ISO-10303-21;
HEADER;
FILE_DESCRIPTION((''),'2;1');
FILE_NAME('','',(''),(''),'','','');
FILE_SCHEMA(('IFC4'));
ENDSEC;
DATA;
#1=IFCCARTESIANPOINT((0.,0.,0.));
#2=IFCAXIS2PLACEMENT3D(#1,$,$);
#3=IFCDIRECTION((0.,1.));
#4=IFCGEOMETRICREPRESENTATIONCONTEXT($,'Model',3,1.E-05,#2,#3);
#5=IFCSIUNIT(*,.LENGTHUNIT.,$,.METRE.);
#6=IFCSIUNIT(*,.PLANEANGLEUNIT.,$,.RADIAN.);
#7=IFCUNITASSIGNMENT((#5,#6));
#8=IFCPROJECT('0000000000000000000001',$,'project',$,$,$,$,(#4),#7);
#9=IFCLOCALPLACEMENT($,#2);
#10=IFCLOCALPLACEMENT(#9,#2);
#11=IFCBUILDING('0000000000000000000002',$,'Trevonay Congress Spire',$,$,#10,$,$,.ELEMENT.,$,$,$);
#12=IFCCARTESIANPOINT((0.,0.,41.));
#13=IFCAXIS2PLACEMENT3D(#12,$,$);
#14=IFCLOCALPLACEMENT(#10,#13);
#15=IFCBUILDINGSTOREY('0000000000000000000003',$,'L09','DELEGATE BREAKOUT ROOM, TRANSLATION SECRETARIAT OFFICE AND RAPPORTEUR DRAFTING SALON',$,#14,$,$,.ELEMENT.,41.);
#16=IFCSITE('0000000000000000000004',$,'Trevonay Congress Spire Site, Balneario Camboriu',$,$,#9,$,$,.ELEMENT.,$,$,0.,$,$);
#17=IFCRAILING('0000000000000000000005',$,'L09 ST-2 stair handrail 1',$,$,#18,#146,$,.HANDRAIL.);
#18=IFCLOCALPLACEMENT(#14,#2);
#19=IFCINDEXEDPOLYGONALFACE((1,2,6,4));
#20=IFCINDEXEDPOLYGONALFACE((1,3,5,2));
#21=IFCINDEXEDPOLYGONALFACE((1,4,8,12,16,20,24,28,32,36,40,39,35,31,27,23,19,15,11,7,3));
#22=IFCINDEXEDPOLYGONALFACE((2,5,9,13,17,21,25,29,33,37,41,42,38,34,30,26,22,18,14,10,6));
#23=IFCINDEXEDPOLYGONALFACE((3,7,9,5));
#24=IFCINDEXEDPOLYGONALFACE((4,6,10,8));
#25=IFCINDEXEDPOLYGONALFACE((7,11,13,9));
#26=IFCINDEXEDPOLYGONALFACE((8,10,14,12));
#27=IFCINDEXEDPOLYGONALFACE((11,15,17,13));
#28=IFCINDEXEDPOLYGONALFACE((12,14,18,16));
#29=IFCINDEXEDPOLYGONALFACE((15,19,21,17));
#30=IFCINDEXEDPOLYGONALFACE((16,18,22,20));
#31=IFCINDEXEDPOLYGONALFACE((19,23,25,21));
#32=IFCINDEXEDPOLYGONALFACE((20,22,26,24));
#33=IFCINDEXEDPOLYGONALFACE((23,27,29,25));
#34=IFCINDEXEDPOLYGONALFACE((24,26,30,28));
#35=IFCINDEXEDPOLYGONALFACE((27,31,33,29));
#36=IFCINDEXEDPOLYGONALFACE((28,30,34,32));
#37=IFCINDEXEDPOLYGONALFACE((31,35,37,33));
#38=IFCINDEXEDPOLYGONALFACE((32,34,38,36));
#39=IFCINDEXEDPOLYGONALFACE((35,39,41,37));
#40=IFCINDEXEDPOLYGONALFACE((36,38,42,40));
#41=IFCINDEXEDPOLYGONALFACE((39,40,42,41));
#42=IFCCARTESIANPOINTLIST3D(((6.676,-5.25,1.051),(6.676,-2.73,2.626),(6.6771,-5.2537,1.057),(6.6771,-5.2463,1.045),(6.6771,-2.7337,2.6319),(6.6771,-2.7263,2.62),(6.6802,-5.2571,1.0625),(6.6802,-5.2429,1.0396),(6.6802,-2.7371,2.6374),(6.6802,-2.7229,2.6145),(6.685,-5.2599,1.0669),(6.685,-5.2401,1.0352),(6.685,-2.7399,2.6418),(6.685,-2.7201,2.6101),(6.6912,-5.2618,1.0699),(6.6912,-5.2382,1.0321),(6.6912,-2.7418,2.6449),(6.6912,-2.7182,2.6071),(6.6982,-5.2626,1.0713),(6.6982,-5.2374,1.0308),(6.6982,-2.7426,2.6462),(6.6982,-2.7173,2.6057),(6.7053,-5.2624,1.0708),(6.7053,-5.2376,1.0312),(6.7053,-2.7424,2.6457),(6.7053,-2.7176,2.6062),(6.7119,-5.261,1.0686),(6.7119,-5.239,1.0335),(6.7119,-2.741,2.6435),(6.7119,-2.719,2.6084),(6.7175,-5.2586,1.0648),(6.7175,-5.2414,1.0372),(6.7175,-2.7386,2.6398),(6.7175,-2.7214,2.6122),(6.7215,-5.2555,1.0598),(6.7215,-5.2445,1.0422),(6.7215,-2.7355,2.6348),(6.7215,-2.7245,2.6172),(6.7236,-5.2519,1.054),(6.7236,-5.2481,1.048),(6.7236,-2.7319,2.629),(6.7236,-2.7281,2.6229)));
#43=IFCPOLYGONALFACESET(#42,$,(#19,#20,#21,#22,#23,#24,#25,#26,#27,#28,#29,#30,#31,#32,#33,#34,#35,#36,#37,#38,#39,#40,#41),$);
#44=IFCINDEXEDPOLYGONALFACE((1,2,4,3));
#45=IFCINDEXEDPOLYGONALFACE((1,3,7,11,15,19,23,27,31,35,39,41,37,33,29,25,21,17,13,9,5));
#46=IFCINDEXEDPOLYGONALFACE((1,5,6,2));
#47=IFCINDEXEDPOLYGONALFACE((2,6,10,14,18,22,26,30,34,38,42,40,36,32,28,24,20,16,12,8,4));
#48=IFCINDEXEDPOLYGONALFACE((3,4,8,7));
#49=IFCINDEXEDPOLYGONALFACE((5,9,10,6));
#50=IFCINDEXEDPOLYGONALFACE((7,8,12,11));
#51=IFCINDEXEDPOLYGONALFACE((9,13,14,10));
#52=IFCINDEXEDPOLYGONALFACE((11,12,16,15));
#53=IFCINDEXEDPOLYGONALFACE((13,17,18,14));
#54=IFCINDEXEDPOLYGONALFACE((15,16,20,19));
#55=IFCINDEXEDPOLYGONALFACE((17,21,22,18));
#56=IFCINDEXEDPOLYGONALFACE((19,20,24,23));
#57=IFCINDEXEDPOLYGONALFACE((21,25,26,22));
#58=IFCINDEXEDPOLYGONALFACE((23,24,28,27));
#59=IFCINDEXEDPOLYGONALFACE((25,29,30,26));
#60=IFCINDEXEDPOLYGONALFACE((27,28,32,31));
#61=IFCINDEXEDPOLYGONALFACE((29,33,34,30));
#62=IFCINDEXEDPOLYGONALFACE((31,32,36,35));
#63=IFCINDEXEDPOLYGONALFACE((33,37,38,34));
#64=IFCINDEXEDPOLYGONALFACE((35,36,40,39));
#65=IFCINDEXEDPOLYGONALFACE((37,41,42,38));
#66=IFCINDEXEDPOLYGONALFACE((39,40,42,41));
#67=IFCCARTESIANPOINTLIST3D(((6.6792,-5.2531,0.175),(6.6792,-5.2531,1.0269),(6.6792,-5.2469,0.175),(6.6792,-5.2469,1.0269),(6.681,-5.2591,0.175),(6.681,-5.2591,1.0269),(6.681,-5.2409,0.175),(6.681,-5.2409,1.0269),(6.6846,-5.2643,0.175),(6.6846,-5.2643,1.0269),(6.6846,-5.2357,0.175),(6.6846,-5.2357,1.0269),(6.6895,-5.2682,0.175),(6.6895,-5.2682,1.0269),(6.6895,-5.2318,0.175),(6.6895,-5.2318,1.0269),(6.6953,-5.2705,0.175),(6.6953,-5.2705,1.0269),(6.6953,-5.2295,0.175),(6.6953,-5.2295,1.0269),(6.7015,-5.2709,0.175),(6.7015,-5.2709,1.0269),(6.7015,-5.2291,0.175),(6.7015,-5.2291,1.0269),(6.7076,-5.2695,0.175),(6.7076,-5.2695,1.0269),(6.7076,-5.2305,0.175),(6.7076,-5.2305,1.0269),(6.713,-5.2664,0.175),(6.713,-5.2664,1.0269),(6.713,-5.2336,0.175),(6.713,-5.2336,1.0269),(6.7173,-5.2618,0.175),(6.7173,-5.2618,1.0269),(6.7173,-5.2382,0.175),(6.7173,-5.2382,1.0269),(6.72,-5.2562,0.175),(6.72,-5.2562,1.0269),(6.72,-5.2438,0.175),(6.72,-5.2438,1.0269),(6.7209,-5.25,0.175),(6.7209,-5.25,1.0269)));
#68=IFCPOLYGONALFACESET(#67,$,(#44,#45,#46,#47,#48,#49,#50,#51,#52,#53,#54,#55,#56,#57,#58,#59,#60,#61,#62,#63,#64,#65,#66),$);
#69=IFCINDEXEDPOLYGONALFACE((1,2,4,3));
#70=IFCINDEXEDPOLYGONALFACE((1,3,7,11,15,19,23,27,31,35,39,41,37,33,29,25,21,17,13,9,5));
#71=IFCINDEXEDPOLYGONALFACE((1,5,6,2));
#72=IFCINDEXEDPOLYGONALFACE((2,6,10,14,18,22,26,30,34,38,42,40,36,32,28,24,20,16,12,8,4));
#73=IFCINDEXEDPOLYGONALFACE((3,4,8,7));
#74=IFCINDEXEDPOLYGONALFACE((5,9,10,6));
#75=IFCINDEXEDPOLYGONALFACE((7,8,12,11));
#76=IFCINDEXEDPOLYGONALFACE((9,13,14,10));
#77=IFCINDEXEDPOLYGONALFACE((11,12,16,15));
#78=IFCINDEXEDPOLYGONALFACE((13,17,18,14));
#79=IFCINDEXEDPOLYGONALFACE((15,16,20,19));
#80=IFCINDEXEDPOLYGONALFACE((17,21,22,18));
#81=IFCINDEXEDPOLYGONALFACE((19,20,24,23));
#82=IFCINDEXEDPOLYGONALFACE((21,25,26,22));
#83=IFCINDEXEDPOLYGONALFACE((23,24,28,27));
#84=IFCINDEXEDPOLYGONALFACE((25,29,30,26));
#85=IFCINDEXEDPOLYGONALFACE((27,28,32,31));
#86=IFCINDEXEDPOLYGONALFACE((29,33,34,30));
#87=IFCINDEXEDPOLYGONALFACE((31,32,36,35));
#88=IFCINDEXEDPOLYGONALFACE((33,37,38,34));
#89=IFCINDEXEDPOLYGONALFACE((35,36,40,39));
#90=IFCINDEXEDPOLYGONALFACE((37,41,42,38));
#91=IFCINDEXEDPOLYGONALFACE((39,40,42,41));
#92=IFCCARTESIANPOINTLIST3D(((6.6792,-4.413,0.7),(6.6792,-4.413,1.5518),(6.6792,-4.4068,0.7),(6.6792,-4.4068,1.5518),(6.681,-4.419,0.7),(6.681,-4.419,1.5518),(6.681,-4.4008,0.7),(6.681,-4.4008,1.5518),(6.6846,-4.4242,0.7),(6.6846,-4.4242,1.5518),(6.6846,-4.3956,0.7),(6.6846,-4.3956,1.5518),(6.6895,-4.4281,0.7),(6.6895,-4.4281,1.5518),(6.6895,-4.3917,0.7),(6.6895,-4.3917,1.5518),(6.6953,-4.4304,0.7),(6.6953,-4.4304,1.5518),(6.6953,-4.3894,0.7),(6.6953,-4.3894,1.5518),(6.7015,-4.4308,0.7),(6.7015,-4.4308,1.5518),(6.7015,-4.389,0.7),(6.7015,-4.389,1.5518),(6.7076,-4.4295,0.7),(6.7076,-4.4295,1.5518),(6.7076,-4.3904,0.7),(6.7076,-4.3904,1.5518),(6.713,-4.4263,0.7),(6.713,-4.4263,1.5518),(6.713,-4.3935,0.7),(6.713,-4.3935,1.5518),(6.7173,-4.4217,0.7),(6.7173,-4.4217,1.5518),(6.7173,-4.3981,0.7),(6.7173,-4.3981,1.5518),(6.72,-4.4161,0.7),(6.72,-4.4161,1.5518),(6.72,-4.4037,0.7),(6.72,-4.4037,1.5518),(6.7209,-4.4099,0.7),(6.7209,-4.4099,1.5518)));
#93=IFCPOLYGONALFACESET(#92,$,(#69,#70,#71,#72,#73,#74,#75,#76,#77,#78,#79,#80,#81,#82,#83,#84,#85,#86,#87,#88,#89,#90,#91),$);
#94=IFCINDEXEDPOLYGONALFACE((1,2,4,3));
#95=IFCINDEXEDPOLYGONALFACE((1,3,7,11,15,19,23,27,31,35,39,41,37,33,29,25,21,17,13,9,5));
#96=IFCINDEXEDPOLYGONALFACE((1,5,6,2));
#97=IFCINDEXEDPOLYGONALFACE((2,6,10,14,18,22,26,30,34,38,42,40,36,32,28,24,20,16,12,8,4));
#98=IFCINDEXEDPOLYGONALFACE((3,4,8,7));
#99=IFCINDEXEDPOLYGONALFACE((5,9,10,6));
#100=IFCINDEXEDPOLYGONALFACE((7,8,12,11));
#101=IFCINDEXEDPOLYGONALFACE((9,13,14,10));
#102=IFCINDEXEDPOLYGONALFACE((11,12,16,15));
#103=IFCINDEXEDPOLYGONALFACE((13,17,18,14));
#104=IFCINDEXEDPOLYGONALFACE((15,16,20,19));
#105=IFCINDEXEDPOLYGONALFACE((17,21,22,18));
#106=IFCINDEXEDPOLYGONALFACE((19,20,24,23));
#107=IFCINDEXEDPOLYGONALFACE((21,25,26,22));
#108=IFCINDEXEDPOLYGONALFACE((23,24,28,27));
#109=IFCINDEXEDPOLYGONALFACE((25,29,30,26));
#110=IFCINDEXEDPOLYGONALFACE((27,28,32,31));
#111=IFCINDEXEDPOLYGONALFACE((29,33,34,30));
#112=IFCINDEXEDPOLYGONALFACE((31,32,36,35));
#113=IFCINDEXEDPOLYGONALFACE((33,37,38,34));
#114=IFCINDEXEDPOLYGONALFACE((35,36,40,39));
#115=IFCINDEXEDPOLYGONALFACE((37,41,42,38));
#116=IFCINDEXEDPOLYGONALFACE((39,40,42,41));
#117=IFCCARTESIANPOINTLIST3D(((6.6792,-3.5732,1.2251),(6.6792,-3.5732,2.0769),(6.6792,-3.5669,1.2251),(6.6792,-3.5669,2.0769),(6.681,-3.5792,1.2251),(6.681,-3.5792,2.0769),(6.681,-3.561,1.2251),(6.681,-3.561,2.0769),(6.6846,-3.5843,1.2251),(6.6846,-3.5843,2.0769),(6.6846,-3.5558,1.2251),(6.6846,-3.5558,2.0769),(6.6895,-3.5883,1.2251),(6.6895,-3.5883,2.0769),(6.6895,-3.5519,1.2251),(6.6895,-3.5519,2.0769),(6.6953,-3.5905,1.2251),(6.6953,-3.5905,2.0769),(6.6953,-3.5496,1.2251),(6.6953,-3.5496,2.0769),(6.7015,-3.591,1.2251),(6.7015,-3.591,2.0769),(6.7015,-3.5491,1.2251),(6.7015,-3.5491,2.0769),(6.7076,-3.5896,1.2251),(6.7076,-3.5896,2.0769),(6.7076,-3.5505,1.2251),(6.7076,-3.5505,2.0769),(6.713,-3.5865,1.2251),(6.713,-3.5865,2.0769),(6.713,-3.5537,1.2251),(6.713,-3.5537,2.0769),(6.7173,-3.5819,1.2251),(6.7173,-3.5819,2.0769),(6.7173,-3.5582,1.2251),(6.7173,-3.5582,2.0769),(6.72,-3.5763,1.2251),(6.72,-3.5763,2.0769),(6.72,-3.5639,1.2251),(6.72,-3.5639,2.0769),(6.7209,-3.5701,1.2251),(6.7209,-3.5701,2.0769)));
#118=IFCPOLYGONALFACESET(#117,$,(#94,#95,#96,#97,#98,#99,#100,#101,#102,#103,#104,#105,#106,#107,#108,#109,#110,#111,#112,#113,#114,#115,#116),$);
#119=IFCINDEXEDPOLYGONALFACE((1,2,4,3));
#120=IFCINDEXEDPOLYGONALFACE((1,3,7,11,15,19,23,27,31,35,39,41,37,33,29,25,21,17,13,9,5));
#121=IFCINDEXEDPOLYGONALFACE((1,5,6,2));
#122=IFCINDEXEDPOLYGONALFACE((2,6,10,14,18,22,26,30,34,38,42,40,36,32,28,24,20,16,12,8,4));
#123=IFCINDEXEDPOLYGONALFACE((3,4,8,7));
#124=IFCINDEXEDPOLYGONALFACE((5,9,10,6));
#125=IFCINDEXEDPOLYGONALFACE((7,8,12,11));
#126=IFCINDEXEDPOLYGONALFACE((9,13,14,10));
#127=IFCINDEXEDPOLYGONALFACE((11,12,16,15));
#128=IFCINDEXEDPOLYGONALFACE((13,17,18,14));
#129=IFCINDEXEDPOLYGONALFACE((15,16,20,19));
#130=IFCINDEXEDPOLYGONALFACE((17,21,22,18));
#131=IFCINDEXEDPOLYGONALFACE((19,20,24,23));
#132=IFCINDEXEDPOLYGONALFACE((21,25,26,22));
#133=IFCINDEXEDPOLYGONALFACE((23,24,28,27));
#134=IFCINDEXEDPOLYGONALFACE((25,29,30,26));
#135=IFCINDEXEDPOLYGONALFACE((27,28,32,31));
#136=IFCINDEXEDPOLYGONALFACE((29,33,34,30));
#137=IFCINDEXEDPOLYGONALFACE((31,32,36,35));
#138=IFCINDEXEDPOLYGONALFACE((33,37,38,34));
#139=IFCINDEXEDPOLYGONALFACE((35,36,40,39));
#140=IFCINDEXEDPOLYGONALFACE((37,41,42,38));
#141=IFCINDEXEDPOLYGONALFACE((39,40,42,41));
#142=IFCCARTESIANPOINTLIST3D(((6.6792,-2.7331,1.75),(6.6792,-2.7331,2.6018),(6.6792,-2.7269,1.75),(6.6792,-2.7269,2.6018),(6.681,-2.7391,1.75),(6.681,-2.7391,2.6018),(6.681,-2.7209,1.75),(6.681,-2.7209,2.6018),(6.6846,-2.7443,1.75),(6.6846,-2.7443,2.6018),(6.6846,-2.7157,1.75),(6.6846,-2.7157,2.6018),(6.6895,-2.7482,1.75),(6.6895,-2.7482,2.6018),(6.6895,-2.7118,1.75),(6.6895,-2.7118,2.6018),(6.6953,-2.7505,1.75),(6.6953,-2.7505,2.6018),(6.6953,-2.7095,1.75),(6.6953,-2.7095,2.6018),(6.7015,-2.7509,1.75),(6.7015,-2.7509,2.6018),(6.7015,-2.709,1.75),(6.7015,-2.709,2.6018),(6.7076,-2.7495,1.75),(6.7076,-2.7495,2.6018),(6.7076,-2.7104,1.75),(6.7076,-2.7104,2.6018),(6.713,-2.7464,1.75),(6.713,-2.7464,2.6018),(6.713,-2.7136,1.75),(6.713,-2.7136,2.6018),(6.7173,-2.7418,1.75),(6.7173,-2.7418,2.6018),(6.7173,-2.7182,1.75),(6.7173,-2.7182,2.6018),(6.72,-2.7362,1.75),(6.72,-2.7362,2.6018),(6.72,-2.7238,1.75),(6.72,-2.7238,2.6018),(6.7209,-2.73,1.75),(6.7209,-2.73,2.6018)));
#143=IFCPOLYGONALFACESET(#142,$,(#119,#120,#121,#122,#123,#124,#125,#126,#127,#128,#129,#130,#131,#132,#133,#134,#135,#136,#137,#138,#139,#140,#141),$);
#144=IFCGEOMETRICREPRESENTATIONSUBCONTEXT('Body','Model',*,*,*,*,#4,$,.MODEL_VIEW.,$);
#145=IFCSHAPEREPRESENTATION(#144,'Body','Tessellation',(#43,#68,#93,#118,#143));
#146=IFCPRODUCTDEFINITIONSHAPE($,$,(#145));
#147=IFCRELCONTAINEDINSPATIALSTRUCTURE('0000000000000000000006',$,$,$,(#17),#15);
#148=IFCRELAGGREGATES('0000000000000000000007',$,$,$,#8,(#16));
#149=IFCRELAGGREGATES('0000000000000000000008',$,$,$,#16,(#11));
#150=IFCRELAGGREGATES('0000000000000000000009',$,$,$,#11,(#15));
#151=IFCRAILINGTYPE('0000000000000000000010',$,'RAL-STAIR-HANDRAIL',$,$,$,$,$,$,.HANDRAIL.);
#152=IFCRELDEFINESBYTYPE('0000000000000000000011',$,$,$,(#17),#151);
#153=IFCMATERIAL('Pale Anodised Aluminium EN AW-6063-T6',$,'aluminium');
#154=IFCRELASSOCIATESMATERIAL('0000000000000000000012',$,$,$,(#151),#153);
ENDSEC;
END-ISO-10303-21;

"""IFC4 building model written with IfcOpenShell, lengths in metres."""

from ifc_helpers import new_model, si_unit, direction, frame, origin, origin_2d, place, context, subcontext, project, spatial, circle, extrude, material, type_object, element, save


model = new_model("IFC4")

# Units and contexts
model_context = context("Model", 3, precision=1e-05, world=origin(), true_north=direction((0.0, 1.0)))
body_context = subcontext(model_context, "Body", "Model", "MODEL_VIEW")
ifc_project = project(units=[si_unit("LENGTHUNIT", "METRE"), si_unit("PLANEANGLEUNIT", "RADIAN")], contexts=[model_context])

# Site, building, storey
site_placement = place(None, origin())
site = spatial("IfcSite", under=ifc_project, at=site_placement, Name="Trevonay Congress Spire Site, Balneario Camboriu", CompositionType="ELEMENT", RefElevation=0.0)
building_placement = place(site_placement, origin())
building = spatial("IfcBuilding", under=site, at=building_placement, Name="Trevonay Congress Spire", CompositionType="ELEMENT")
storey_placement = place(building_placement, frame((0.0, 0.0, 41.0)))
storey = spatial("IfcBuildingStorey", under=building, at=storey_placement, Name="L09", Description="DELEGATE BREAKOUT ROOM, TRANSLATION SECRETARIAT OFFICE AND RAPPORTEUR DRAFTING SALON", CompositionType="ELEMENT", Elevation=41.0)

# Railing
ifc_material_1 = material(Name="Pale Anodised Aluminium EN AW-6063-T6", Category="aluminium")
railing_type_1 = type_object("IfcRailingType", Name="RAL-STAIR-HANDRAIL", PredefinedType="HANDRAIL", material=ifc_material_1)
railing_1_placement = place(storey_placement, frame((6.7, -5.25, 0.175)))
element("IfcRailing", 1, at=railing_1_placement, inside=storey, type_object=railing_type_1, Name="L09 ST-2 stair handrail 1", PredefinedType="HANDRAIL", context=body_context, shape_type="SweptSolid", body=[
    extrude(circle(Radius=0.0239, at=origin_2d()), frame((0.0, 0.0, 0.876), z_axis=(0.0, 0.848008, 0.529984), x_axis=(-1.0, 0.0, 0.0)), (0.0, 0.0, 1.0), 2.9717),
    extrude(circle(Radius=0.021, at=origin_2d()), origin(), (0.0, 0.0, 1.0), 0.8518),
    extrude(circle(Radius=0.021, at=origin_2d()), frame((0.0, 0.8401, 0.5249)), (0.0, 0.0, 1.0), 0.8518),
    extrude(circle(Radius=0.021, at=origin_2d()), frame((0.0, 1.6799, 1.05)), (0.0, 0.0, 1.0), 0.8518),
    extrude(circle(Radius=0.021, at=origin_2d()), frame((0.0, 2.52, 1.575)), (0.0, 0.0, 1.0), 0.8518),
])

save(model, "model.ifc")
